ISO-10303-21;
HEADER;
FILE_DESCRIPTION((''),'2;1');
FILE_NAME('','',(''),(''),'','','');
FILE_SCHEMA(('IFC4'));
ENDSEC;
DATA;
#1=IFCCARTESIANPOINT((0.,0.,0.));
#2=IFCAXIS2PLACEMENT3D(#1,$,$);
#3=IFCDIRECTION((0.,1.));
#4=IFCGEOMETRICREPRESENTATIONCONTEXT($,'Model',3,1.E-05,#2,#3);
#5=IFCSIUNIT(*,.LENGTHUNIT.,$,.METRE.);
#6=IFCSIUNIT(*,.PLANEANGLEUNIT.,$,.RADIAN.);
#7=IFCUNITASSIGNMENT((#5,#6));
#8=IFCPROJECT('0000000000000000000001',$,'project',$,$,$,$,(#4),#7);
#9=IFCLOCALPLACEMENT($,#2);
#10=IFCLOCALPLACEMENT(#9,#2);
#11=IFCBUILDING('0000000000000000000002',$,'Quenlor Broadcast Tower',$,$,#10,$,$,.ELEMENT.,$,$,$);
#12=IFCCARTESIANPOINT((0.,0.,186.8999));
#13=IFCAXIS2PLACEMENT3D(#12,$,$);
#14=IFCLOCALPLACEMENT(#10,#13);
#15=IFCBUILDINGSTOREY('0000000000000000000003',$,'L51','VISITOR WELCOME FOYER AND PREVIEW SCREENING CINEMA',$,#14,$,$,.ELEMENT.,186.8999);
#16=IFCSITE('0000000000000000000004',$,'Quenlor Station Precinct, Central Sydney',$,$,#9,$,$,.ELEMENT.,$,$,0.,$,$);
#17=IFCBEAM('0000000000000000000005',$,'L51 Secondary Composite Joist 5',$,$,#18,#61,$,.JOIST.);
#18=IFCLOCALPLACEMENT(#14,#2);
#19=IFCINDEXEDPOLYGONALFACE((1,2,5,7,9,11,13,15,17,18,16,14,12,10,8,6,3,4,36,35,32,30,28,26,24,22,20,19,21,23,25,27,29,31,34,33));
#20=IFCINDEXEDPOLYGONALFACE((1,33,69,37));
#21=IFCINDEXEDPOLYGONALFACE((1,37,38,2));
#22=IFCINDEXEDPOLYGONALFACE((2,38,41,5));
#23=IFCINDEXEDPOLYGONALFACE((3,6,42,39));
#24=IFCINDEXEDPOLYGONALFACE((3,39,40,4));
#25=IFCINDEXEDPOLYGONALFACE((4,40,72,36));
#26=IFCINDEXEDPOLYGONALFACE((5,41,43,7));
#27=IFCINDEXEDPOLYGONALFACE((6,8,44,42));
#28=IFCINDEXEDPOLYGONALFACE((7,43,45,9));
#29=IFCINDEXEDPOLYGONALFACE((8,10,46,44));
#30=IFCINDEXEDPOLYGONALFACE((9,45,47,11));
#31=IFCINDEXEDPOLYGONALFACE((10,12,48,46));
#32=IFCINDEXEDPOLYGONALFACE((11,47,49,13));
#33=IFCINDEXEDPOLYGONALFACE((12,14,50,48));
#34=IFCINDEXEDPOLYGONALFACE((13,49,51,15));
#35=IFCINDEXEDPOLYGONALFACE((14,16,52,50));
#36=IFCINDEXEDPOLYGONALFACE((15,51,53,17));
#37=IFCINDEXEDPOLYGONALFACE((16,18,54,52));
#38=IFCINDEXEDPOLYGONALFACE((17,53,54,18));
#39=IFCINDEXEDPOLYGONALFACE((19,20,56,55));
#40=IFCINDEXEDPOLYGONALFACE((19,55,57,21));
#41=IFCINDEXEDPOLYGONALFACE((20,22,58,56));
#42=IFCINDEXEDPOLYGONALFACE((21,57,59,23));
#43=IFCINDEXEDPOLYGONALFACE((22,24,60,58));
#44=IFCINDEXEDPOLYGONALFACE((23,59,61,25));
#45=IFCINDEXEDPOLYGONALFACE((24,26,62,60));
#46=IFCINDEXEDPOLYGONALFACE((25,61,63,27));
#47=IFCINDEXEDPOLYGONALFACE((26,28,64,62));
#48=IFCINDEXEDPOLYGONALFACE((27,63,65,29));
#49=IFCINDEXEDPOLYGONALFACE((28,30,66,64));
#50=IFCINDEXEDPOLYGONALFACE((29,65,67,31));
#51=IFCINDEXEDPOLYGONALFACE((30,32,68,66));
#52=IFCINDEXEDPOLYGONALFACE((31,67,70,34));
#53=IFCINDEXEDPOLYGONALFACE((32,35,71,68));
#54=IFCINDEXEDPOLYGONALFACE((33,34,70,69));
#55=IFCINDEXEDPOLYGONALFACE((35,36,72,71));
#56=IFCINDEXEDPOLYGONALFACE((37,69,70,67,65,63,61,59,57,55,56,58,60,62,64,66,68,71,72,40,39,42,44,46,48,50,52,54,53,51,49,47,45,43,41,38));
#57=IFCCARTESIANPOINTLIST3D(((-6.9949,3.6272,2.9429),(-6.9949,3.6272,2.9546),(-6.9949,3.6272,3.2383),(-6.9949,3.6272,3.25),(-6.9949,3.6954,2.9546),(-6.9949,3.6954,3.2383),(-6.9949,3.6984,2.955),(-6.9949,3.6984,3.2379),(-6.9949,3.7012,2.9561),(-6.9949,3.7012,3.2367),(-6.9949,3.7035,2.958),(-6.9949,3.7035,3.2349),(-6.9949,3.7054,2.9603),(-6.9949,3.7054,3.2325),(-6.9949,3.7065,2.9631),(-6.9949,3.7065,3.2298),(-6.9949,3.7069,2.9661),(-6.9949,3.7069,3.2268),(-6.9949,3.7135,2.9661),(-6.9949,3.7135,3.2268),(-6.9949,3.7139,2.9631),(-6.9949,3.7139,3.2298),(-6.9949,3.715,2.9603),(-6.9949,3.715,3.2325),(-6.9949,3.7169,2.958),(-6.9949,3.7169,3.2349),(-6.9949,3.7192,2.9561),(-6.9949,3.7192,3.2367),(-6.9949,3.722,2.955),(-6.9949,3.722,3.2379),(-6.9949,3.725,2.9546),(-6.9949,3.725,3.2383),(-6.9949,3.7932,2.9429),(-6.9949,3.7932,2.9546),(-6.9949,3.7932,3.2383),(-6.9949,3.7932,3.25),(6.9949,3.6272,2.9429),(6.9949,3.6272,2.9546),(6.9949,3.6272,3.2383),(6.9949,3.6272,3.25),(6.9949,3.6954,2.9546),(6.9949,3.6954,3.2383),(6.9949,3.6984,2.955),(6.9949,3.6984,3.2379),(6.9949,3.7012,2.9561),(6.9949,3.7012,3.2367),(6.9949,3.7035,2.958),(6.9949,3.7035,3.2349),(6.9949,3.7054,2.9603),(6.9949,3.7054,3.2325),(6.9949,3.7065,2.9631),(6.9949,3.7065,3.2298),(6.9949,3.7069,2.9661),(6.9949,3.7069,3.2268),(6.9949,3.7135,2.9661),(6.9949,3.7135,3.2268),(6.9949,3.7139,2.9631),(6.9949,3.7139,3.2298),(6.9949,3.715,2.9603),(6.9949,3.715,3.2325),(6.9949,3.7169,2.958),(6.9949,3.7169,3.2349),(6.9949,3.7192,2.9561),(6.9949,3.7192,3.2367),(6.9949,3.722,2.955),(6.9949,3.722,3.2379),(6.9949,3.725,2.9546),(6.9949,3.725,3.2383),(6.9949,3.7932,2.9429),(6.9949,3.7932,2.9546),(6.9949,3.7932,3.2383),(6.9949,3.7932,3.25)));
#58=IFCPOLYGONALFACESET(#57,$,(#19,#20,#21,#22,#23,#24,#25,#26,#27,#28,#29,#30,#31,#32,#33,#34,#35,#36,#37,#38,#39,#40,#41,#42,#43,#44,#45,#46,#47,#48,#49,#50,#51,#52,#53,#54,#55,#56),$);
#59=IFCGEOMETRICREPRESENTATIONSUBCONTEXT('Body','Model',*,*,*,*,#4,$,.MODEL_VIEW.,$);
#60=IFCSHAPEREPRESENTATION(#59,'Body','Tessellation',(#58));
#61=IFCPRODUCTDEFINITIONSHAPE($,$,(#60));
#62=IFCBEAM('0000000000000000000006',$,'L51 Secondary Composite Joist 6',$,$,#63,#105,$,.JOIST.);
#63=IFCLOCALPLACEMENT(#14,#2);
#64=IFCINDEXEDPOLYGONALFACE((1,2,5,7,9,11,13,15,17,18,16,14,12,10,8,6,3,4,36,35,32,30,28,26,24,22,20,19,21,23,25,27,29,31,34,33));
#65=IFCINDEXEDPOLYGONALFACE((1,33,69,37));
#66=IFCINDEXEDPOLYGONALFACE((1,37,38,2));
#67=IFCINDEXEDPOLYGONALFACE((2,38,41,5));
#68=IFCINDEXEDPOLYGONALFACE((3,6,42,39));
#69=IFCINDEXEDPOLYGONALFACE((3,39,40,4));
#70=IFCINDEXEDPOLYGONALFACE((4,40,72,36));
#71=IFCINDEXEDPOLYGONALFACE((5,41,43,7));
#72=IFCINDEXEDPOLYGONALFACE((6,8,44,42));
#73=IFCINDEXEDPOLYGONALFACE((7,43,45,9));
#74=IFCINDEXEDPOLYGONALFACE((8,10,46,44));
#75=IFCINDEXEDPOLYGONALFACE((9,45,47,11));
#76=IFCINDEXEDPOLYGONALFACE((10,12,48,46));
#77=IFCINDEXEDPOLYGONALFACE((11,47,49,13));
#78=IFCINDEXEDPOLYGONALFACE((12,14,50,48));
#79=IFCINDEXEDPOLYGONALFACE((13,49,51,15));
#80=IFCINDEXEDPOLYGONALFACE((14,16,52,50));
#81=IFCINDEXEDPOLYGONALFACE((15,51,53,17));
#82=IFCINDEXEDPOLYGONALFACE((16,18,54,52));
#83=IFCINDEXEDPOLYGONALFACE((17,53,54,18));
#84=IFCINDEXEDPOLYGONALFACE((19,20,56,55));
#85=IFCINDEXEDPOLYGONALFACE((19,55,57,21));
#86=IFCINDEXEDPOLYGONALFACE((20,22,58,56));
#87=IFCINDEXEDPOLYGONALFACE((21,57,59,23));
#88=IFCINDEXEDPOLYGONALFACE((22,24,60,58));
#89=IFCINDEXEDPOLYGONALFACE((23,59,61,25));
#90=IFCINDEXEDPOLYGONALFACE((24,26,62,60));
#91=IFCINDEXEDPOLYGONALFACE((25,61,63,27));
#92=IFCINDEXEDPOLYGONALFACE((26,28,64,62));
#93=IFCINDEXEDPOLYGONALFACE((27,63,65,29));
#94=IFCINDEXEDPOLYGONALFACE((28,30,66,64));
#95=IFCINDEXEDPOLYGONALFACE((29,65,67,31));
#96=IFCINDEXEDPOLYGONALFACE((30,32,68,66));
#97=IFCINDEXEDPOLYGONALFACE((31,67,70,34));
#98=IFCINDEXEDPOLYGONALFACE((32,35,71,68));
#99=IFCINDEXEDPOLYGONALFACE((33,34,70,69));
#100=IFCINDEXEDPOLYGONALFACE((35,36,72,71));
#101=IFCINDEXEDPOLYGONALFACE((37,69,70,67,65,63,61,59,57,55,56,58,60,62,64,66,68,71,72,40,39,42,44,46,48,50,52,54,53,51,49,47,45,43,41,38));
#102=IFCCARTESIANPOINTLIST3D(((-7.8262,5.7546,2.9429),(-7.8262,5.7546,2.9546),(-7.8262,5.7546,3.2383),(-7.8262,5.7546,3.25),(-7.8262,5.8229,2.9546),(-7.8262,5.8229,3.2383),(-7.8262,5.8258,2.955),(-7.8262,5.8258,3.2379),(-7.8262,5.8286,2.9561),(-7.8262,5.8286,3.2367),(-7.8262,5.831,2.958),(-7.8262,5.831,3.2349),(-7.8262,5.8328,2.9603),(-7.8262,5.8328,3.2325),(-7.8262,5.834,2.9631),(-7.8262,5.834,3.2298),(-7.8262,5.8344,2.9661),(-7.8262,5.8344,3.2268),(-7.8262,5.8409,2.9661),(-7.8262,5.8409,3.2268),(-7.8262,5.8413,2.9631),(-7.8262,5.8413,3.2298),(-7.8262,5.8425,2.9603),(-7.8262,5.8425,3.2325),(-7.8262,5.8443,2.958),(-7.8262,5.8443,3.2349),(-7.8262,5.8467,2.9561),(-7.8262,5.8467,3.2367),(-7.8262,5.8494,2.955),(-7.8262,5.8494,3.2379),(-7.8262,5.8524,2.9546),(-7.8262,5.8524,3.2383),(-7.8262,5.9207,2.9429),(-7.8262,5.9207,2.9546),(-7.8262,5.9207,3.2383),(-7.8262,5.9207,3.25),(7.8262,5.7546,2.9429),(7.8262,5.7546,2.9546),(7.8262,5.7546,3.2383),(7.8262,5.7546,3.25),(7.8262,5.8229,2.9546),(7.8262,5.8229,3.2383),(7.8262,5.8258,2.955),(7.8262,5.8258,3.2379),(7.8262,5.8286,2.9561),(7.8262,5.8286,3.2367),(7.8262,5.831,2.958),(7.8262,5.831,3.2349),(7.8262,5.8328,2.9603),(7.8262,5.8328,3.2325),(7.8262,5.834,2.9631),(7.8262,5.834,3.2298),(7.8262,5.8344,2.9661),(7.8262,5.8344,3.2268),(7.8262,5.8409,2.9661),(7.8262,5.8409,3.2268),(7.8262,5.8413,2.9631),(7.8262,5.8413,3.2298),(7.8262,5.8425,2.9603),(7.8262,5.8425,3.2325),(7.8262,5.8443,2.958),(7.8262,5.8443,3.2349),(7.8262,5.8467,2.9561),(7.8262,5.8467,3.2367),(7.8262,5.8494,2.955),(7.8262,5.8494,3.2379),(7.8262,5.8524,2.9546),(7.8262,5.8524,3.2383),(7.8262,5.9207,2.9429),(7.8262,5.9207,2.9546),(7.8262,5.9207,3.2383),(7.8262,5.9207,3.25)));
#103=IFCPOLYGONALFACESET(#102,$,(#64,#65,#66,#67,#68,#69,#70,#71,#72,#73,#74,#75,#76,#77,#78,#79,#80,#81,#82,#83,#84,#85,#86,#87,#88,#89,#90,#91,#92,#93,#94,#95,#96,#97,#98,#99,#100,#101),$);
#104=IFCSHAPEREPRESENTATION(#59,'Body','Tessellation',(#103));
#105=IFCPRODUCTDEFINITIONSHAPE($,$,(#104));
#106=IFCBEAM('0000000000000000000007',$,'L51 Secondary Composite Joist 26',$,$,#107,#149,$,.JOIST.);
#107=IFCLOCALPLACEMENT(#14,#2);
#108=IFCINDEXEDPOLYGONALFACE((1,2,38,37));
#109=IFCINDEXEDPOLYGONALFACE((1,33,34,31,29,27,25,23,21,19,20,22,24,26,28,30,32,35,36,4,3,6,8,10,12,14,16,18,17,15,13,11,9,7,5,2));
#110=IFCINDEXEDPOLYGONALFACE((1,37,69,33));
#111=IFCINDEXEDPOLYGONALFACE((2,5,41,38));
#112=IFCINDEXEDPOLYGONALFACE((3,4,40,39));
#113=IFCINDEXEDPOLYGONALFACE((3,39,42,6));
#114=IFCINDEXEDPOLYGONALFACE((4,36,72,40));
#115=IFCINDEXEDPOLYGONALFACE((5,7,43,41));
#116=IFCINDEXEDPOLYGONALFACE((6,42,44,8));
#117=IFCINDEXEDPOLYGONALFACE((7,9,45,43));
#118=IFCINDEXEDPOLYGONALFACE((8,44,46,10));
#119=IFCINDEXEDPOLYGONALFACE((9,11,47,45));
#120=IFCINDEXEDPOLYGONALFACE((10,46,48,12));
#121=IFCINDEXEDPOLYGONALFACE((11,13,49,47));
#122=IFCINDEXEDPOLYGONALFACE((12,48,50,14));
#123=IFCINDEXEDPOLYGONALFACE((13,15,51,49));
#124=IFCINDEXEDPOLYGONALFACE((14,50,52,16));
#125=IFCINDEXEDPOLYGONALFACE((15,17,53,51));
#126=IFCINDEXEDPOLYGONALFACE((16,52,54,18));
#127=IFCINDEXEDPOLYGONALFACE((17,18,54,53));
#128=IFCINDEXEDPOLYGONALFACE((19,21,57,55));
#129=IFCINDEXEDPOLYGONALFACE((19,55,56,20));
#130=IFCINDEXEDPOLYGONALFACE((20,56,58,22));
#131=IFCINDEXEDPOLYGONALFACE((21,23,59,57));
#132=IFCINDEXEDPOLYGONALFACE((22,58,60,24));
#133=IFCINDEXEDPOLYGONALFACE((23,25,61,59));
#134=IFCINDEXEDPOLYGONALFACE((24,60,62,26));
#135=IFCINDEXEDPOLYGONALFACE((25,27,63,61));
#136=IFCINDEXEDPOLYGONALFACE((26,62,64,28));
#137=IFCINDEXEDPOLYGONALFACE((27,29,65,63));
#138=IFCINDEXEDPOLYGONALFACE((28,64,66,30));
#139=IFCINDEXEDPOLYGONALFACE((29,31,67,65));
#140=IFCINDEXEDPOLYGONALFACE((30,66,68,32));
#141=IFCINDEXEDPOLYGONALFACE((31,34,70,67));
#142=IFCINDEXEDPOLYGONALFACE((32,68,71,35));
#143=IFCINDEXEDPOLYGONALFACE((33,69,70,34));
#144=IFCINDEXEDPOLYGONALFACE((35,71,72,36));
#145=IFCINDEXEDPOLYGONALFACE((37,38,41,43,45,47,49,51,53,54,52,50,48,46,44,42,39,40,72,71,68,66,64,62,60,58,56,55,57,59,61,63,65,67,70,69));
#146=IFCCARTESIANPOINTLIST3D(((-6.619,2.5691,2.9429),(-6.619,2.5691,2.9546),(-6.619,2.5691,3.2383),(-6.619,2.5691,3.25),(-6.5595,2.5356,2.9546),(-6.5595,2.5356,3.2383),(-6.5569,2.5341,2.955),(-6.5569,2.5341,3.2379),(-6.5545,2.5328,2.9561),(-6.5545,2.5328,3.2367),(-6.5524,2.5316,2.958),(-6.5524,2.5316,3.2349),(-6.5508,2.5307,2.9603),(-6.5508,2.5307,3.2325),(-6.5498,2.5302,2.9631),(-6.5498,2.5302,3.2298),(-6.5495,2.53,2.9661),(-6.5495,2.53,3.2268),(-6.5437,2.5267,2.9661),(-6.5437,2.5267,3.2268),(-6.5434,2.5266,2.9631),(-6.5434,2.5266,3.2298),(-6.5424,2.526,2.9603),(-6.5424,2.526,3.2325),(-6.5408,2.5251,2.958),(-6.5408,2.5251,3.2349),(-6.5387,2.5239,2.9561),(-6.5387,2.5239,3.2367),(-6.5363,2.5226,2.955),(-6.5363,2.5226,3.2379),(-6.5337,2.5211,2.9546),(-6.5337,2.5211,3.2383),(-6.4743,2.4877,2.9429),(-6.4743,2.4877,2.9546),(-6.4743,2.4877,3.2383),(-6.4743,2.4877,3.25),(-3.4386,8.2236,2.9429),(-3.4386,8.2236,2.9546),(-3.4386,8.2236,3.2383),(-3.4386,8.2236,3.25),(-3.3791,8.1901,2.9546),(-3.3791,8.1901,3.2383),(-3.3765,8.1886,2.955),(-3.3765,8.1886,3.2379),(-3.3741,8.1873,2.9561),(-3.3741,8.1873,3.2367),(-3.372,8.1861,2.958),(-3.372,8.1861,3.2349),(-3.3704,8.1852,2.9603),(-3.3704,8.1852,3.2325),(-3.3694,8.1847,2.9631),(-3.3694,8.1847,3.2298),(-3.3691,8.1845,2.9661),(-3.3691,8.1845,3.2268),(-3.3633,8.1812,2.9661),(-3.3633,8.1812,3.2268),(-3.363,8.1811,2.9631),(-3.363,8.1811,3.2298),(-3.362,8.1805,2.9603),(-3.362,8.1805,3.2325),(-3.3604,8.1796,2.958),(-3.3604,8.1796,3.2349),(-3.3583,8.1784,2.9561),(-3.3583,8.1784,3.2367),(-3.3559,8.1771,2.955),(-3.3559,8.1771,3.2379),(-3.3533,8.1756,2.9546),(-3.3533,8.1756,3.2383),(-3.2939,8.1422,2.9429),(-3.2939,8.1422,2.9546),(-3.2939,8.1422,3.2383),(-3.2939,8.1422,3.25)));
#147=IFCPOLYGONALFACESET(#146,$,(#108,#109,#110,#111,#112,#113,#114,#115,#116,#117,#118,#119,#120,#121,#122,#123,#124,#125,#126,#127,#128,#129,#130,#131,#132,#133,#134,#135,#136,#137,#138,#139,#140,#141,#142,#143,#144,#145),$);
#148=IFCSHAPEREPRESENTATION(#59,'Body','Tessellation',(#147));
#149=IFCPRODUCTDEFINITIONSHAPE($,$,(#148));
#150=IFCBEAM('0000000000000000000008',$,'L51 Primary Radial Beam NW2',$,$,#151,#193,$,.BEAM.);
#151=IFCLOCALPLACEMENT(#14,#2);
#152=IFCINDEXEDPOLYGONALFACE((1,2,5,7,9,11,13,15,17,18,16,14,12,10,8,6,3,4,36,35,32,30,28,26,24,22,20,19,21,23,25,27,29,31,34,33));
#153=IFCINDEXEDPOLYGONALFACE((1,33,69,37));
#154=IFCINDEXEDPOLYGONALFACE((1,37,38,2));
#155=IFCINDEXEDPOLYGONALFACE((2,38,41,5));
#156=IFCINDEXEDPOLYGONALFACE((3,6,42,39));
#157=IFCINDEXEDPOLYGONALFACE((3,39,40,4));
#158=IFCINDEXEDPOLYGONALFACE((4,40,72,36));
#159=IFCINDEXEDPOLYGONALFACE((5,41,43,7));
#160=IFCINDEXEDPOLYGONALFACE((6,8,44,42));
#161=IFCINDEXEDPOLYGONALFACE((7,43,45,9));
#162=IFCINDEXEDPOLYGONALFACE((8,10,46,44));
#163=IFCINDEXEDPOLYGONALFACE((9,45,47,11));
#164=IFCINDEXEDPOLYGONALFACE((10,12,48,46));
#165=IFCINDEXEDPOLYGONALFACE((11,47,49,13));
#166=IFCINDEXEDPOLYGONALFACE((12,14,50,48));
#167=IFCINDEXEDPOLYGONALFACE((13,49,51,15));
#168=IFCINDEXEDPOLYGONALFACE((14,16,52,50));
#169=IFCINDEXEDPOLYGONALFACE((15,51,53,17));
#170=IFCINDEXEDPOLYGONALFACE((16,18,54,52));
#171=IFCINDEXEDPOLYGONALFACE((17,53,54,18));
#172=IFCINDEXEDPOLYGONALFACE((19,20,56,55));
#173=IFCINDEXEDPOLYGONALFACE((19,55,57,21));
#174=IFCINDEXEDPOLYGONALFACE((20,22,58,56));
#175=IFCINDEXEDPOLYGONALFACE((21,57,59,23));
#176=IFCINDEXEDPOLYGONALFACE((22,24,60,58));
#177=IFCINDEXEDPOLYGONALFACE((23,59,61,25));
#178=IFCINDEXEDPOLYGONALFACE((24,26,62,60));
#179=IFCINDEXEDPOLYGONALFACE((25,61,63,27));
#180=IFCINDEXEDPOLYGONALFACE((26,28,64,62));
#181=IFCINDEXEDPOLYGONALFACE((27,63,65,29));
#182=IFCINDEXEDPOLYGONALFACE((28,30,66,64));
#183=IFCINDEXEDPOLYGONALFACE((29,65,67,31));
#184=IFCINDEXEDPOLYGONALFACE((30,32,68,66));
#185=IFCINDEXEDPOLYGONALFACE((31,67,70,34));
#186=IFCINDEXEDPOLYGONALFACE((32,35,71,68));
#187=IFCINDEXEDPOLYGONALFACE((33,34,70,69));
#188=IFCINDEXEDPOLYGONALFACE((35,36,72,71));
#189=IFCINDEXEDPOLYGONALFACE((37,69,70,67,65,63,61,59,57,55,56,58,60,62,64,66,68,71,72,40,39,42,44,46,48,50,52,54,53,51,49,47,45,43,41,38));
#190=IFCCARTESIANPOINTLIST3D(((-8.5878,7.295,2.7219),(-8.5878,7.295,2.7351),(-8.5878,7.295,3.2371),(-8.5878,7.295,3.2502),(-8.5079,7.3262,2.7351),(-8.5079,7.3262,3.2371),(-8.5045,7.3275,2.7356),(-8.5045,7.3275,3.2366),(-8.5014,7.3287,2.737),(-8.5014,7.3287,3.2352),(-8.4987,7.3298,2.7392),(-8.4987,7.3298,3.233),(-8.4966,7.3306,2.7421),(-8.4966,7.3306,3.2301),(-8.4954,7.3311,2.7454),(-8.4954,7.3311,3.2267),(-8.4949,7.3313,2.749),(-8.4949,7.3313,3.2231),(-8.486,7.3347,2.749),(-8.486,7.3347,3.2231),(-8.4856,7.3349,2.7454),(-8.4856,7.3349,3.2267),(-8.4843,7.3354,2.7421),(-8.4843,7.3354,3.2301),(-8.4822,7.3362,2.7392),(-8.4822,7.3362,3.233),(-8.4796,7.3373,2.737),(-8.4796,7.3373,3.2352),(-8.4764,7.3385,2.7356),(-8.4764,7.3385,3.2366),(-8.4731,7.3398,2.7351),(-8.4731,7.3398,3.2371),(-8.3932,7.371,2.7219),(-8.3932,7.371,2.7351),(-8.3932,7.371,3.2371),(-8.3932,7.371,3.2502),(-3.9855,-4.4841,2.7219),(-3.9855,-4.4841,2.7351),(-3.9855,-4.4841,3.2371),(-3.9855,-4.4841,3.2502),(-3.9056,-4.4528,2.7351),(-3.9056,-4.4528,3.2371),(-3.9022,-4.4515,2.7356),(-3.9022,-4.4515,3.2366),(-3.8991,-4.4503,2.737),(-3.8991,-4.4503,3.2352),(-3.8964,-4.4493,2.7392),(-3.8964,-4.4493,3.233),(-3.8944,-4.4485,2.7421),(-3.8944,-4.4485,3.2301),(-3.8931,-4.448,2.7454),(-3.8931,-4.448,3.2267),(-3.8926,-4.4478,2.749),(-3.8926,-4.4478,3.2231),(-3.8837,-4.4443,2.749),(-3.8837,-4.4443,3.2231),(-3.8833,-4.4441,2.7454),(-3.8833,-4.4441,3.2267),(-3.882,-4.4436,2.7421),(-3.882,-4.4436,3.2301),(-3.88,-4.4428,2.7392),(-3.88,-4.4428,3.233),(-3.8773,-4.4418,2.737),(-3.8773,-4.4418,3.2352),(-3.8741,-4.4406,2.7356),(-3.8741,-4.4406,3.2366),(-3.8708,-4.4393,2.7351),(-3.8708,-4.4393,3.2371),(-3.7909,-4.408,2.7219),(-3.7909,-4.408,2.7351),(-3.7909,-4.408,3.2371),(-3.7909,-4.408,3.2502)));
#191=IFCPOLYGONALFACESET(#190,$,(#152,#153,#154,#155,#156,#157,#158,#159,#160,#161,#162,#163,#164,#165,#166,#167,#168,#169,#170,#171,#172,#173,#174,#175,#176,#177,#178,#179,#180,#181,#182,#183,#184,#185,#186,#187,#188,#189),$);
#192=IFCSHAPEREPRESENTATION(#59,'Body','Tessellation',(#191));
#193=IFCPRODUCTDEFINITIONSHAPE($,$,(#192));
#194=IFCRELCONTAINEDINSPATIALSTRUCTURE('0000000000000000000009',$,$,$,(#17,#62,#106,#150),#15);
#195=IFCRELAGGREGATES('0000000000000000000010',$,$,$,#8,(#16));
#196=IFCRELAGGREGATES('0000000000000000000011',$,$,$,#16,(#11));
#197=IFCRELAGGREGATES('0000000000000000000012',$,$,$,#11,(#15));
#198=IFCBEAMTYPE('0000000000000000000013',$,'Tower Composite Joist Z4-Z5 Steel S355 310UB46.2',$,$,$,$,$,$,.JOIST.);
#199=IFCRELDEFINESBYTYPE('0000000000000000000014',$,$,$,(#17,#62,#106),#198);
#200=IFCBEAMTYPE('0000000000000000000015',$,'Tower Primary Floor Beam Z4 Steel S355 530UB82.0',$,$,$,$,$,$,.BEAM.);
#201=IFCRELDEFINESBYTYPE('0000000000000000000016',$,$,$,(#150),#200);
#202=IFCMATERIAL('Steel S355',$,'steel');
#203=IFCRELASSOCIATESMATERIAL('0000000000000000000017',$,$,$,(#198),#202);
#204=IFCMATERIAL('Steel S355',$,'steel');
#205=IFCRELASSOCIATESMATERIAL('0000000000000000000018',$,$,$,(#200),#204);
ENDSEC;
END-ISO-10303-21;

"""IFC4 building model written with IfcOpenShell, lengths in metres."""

from ifc_helpers import new_model, si_unit, direction, frame, origin, origin_2d, place, context, subcontext, project, spatial, i_section, extrude, material, material_profile, profile_set, type_object, element, save


model = new_model("IFC4")

# Units and contexts
model_context = context("Model", 3, precision=1e-05, world=origin(), true_north=direction((0.0, 1.0)))
body_context = subcontext(model_context, "Body", "Model", "MODEL_VIEW")
ifc_project = project(units=[si_unit("LENGTHUNIT", "METRE"), si_unit("PLANEANGLEUNIT", "RADIAN")], contexts=[model_context])

# Site, building, storey
site_placement = place(None, origin())
site = spatial("IfcSite", under=ifc_project, at=site_placement, Name="Quenlor Station Precinct, Central Sydney", CompositionType="ELEMENT", RefElevation=0.0)
building_placement = place(site_placement, origin())
building = spatial("IfcBuilding", under=site, at=building_placement, Name="Quenlor Broadcast Tower", CompositionType="ELEMENT")
storey_placement = place(building_placement, frame((0.0, 0.0, 186.8999)))
storey = spatial("IfcBuildingStorey", under=building, at=storey_placement, Name="L51", Description="VISITOR WELCOME FOYER AND PREVIEW SCREENING CINEMA", CompositionType="ELEMENT", Elevation=186.8999)

# Beams
ifc_material_1 = material(Name="Steel S355", Category="steel")
ifc_material_profile_1 = material_profile(ifc_material_1, i_section(OverallWidth=0.166, OverallDepth=0.3071, WebThickness=0.0066, FlangeThickness=0.0117, FilletRadius=0.0115, at=origin_2d()))
ifc_profile_set_1 = profile_set([ifc_material_profile_1], Name="Steel S355 310UB46.2")
beam_type_1 = type_object("IfcBeamType", Name="Tower Composite Joist Z4-Z5 Steel S355 310UB46.2", PredefinedType="JOIST", material=ifc_profile_set_1)
beam_1_placement = place(storey_placement, frame((-6.9949, 3.7102, 3.0964), z_axis=(1.0, 0.0, 0.0), x_axis=(0.0, 1.0, 0.0)))
element("IfcBeam", 1, at=beam_1_placement, inside=storey, type_object=beam_type_1, Name="L51 Secondary Composite Joist 5", PredefinedType="JOIST", context=body_context, shape_type="SweptSolid", body=[
    extrude(i_section(OverallWidth=0.166, OverallDepth=0.3071, WebThickness=0.0066, FlangeThickness=0.0117, FilletRadius=0.0115, at=origin_2d()), origin(), (0.0, 0.0, 1.0), 13.9897),
])
beam_2_placement = place(storey_placement, frame((-7.8262, 5.8376, 3.0964), z_axis=(1.0, 0.0, 0.0), x_axis=(0.0, 1.0, 0.0)))
element("IfcBeam", 2, at=beam_2_placement, inside=storey, type_object=beam_type_1, Name="L51 Secondary Composite Joist 6", PredefinedType="JOIST", context=body_context, shape_type="SweptSolid", body=[
    extrude(i_section(OverallWidth=0.166, OverallDepth=0.3071, WebThickness=0.0066, FlangeThickness=0.0117, FilletRadius=0.0115, at=origin_2d()), origin(), (0.0, 0.0, 1.0), 15.6523),
])
beam_3_placement = place(storey_placement, frame((-3.3662, 8.1829, 3.0964), z_axis=(-0.490231, -0.871593, 0.0), x_axis=(0.871593, -0.490231, 0.0)))
element("IfcBeam", 3, at=beam_3_placement, inside=storey, type_object=beam_type_1, Name="L51 Secondary Composite Joist 26", PredefinedType="JOIST", context=body_context, shape_type="SweptSolid", body=[
    extrude(i_section(OverallWidth=0.166, OverallDepth=0.3071, WebThickness=0.0066, FlangeThickness=0.0117, FilletRadius=0.0115, at=origin_2d()), origin(), (0.0, 0.0, 1.0), 6.4875),
])
ifc_material_2 = material(Name="Steel S355", Category="steel")
ifc_material_profile_2 = material_profile(ifc_material_2, i_section(OverallWidth=0.209, OverallDepth=0.5283, WebThickness=0.0095, FlangeThickness=0.0132, FilletRadius=0.0139, at=origin_2d()))
ifc_profile_set_2 = profile_set([ifc_material_profile_2], Name="Steel S355 530UB82.0")
beam_type_2 = type_object("IfcBeamType", Name="Tower Primary Floor Beam Z4 Steel S355 530UB82.0", PredefinedType="BEAM", material=ifc_profile_set_2)
beam_4_placement = place(storey_placement, frame((-8.4905, 7.333, 2.9861), z_axis=(0.363926, -0.931428, 0.0), x_axis=(0.931428, 0.363926, 0.0)))
element("IfcBeam", 4, at=beam_4_placement, inside=storey, type_object=beam_type_2, Name="L51 Primary Radial Beam NW2", PredefinedType="BEAM", context=body_context, shape_type="SweptSolid", body=[
    extrude(i_section(OverallWidth=0.209, OverallDepth=0.5283, WebThickness=0.0095, FlangeThickness=0.0132, FilletRadius=0.0139, at=origin_2d()), origin(), (0.0, 0.0, 1.0), 12.6462),
])

save(model, "model.ifc")
